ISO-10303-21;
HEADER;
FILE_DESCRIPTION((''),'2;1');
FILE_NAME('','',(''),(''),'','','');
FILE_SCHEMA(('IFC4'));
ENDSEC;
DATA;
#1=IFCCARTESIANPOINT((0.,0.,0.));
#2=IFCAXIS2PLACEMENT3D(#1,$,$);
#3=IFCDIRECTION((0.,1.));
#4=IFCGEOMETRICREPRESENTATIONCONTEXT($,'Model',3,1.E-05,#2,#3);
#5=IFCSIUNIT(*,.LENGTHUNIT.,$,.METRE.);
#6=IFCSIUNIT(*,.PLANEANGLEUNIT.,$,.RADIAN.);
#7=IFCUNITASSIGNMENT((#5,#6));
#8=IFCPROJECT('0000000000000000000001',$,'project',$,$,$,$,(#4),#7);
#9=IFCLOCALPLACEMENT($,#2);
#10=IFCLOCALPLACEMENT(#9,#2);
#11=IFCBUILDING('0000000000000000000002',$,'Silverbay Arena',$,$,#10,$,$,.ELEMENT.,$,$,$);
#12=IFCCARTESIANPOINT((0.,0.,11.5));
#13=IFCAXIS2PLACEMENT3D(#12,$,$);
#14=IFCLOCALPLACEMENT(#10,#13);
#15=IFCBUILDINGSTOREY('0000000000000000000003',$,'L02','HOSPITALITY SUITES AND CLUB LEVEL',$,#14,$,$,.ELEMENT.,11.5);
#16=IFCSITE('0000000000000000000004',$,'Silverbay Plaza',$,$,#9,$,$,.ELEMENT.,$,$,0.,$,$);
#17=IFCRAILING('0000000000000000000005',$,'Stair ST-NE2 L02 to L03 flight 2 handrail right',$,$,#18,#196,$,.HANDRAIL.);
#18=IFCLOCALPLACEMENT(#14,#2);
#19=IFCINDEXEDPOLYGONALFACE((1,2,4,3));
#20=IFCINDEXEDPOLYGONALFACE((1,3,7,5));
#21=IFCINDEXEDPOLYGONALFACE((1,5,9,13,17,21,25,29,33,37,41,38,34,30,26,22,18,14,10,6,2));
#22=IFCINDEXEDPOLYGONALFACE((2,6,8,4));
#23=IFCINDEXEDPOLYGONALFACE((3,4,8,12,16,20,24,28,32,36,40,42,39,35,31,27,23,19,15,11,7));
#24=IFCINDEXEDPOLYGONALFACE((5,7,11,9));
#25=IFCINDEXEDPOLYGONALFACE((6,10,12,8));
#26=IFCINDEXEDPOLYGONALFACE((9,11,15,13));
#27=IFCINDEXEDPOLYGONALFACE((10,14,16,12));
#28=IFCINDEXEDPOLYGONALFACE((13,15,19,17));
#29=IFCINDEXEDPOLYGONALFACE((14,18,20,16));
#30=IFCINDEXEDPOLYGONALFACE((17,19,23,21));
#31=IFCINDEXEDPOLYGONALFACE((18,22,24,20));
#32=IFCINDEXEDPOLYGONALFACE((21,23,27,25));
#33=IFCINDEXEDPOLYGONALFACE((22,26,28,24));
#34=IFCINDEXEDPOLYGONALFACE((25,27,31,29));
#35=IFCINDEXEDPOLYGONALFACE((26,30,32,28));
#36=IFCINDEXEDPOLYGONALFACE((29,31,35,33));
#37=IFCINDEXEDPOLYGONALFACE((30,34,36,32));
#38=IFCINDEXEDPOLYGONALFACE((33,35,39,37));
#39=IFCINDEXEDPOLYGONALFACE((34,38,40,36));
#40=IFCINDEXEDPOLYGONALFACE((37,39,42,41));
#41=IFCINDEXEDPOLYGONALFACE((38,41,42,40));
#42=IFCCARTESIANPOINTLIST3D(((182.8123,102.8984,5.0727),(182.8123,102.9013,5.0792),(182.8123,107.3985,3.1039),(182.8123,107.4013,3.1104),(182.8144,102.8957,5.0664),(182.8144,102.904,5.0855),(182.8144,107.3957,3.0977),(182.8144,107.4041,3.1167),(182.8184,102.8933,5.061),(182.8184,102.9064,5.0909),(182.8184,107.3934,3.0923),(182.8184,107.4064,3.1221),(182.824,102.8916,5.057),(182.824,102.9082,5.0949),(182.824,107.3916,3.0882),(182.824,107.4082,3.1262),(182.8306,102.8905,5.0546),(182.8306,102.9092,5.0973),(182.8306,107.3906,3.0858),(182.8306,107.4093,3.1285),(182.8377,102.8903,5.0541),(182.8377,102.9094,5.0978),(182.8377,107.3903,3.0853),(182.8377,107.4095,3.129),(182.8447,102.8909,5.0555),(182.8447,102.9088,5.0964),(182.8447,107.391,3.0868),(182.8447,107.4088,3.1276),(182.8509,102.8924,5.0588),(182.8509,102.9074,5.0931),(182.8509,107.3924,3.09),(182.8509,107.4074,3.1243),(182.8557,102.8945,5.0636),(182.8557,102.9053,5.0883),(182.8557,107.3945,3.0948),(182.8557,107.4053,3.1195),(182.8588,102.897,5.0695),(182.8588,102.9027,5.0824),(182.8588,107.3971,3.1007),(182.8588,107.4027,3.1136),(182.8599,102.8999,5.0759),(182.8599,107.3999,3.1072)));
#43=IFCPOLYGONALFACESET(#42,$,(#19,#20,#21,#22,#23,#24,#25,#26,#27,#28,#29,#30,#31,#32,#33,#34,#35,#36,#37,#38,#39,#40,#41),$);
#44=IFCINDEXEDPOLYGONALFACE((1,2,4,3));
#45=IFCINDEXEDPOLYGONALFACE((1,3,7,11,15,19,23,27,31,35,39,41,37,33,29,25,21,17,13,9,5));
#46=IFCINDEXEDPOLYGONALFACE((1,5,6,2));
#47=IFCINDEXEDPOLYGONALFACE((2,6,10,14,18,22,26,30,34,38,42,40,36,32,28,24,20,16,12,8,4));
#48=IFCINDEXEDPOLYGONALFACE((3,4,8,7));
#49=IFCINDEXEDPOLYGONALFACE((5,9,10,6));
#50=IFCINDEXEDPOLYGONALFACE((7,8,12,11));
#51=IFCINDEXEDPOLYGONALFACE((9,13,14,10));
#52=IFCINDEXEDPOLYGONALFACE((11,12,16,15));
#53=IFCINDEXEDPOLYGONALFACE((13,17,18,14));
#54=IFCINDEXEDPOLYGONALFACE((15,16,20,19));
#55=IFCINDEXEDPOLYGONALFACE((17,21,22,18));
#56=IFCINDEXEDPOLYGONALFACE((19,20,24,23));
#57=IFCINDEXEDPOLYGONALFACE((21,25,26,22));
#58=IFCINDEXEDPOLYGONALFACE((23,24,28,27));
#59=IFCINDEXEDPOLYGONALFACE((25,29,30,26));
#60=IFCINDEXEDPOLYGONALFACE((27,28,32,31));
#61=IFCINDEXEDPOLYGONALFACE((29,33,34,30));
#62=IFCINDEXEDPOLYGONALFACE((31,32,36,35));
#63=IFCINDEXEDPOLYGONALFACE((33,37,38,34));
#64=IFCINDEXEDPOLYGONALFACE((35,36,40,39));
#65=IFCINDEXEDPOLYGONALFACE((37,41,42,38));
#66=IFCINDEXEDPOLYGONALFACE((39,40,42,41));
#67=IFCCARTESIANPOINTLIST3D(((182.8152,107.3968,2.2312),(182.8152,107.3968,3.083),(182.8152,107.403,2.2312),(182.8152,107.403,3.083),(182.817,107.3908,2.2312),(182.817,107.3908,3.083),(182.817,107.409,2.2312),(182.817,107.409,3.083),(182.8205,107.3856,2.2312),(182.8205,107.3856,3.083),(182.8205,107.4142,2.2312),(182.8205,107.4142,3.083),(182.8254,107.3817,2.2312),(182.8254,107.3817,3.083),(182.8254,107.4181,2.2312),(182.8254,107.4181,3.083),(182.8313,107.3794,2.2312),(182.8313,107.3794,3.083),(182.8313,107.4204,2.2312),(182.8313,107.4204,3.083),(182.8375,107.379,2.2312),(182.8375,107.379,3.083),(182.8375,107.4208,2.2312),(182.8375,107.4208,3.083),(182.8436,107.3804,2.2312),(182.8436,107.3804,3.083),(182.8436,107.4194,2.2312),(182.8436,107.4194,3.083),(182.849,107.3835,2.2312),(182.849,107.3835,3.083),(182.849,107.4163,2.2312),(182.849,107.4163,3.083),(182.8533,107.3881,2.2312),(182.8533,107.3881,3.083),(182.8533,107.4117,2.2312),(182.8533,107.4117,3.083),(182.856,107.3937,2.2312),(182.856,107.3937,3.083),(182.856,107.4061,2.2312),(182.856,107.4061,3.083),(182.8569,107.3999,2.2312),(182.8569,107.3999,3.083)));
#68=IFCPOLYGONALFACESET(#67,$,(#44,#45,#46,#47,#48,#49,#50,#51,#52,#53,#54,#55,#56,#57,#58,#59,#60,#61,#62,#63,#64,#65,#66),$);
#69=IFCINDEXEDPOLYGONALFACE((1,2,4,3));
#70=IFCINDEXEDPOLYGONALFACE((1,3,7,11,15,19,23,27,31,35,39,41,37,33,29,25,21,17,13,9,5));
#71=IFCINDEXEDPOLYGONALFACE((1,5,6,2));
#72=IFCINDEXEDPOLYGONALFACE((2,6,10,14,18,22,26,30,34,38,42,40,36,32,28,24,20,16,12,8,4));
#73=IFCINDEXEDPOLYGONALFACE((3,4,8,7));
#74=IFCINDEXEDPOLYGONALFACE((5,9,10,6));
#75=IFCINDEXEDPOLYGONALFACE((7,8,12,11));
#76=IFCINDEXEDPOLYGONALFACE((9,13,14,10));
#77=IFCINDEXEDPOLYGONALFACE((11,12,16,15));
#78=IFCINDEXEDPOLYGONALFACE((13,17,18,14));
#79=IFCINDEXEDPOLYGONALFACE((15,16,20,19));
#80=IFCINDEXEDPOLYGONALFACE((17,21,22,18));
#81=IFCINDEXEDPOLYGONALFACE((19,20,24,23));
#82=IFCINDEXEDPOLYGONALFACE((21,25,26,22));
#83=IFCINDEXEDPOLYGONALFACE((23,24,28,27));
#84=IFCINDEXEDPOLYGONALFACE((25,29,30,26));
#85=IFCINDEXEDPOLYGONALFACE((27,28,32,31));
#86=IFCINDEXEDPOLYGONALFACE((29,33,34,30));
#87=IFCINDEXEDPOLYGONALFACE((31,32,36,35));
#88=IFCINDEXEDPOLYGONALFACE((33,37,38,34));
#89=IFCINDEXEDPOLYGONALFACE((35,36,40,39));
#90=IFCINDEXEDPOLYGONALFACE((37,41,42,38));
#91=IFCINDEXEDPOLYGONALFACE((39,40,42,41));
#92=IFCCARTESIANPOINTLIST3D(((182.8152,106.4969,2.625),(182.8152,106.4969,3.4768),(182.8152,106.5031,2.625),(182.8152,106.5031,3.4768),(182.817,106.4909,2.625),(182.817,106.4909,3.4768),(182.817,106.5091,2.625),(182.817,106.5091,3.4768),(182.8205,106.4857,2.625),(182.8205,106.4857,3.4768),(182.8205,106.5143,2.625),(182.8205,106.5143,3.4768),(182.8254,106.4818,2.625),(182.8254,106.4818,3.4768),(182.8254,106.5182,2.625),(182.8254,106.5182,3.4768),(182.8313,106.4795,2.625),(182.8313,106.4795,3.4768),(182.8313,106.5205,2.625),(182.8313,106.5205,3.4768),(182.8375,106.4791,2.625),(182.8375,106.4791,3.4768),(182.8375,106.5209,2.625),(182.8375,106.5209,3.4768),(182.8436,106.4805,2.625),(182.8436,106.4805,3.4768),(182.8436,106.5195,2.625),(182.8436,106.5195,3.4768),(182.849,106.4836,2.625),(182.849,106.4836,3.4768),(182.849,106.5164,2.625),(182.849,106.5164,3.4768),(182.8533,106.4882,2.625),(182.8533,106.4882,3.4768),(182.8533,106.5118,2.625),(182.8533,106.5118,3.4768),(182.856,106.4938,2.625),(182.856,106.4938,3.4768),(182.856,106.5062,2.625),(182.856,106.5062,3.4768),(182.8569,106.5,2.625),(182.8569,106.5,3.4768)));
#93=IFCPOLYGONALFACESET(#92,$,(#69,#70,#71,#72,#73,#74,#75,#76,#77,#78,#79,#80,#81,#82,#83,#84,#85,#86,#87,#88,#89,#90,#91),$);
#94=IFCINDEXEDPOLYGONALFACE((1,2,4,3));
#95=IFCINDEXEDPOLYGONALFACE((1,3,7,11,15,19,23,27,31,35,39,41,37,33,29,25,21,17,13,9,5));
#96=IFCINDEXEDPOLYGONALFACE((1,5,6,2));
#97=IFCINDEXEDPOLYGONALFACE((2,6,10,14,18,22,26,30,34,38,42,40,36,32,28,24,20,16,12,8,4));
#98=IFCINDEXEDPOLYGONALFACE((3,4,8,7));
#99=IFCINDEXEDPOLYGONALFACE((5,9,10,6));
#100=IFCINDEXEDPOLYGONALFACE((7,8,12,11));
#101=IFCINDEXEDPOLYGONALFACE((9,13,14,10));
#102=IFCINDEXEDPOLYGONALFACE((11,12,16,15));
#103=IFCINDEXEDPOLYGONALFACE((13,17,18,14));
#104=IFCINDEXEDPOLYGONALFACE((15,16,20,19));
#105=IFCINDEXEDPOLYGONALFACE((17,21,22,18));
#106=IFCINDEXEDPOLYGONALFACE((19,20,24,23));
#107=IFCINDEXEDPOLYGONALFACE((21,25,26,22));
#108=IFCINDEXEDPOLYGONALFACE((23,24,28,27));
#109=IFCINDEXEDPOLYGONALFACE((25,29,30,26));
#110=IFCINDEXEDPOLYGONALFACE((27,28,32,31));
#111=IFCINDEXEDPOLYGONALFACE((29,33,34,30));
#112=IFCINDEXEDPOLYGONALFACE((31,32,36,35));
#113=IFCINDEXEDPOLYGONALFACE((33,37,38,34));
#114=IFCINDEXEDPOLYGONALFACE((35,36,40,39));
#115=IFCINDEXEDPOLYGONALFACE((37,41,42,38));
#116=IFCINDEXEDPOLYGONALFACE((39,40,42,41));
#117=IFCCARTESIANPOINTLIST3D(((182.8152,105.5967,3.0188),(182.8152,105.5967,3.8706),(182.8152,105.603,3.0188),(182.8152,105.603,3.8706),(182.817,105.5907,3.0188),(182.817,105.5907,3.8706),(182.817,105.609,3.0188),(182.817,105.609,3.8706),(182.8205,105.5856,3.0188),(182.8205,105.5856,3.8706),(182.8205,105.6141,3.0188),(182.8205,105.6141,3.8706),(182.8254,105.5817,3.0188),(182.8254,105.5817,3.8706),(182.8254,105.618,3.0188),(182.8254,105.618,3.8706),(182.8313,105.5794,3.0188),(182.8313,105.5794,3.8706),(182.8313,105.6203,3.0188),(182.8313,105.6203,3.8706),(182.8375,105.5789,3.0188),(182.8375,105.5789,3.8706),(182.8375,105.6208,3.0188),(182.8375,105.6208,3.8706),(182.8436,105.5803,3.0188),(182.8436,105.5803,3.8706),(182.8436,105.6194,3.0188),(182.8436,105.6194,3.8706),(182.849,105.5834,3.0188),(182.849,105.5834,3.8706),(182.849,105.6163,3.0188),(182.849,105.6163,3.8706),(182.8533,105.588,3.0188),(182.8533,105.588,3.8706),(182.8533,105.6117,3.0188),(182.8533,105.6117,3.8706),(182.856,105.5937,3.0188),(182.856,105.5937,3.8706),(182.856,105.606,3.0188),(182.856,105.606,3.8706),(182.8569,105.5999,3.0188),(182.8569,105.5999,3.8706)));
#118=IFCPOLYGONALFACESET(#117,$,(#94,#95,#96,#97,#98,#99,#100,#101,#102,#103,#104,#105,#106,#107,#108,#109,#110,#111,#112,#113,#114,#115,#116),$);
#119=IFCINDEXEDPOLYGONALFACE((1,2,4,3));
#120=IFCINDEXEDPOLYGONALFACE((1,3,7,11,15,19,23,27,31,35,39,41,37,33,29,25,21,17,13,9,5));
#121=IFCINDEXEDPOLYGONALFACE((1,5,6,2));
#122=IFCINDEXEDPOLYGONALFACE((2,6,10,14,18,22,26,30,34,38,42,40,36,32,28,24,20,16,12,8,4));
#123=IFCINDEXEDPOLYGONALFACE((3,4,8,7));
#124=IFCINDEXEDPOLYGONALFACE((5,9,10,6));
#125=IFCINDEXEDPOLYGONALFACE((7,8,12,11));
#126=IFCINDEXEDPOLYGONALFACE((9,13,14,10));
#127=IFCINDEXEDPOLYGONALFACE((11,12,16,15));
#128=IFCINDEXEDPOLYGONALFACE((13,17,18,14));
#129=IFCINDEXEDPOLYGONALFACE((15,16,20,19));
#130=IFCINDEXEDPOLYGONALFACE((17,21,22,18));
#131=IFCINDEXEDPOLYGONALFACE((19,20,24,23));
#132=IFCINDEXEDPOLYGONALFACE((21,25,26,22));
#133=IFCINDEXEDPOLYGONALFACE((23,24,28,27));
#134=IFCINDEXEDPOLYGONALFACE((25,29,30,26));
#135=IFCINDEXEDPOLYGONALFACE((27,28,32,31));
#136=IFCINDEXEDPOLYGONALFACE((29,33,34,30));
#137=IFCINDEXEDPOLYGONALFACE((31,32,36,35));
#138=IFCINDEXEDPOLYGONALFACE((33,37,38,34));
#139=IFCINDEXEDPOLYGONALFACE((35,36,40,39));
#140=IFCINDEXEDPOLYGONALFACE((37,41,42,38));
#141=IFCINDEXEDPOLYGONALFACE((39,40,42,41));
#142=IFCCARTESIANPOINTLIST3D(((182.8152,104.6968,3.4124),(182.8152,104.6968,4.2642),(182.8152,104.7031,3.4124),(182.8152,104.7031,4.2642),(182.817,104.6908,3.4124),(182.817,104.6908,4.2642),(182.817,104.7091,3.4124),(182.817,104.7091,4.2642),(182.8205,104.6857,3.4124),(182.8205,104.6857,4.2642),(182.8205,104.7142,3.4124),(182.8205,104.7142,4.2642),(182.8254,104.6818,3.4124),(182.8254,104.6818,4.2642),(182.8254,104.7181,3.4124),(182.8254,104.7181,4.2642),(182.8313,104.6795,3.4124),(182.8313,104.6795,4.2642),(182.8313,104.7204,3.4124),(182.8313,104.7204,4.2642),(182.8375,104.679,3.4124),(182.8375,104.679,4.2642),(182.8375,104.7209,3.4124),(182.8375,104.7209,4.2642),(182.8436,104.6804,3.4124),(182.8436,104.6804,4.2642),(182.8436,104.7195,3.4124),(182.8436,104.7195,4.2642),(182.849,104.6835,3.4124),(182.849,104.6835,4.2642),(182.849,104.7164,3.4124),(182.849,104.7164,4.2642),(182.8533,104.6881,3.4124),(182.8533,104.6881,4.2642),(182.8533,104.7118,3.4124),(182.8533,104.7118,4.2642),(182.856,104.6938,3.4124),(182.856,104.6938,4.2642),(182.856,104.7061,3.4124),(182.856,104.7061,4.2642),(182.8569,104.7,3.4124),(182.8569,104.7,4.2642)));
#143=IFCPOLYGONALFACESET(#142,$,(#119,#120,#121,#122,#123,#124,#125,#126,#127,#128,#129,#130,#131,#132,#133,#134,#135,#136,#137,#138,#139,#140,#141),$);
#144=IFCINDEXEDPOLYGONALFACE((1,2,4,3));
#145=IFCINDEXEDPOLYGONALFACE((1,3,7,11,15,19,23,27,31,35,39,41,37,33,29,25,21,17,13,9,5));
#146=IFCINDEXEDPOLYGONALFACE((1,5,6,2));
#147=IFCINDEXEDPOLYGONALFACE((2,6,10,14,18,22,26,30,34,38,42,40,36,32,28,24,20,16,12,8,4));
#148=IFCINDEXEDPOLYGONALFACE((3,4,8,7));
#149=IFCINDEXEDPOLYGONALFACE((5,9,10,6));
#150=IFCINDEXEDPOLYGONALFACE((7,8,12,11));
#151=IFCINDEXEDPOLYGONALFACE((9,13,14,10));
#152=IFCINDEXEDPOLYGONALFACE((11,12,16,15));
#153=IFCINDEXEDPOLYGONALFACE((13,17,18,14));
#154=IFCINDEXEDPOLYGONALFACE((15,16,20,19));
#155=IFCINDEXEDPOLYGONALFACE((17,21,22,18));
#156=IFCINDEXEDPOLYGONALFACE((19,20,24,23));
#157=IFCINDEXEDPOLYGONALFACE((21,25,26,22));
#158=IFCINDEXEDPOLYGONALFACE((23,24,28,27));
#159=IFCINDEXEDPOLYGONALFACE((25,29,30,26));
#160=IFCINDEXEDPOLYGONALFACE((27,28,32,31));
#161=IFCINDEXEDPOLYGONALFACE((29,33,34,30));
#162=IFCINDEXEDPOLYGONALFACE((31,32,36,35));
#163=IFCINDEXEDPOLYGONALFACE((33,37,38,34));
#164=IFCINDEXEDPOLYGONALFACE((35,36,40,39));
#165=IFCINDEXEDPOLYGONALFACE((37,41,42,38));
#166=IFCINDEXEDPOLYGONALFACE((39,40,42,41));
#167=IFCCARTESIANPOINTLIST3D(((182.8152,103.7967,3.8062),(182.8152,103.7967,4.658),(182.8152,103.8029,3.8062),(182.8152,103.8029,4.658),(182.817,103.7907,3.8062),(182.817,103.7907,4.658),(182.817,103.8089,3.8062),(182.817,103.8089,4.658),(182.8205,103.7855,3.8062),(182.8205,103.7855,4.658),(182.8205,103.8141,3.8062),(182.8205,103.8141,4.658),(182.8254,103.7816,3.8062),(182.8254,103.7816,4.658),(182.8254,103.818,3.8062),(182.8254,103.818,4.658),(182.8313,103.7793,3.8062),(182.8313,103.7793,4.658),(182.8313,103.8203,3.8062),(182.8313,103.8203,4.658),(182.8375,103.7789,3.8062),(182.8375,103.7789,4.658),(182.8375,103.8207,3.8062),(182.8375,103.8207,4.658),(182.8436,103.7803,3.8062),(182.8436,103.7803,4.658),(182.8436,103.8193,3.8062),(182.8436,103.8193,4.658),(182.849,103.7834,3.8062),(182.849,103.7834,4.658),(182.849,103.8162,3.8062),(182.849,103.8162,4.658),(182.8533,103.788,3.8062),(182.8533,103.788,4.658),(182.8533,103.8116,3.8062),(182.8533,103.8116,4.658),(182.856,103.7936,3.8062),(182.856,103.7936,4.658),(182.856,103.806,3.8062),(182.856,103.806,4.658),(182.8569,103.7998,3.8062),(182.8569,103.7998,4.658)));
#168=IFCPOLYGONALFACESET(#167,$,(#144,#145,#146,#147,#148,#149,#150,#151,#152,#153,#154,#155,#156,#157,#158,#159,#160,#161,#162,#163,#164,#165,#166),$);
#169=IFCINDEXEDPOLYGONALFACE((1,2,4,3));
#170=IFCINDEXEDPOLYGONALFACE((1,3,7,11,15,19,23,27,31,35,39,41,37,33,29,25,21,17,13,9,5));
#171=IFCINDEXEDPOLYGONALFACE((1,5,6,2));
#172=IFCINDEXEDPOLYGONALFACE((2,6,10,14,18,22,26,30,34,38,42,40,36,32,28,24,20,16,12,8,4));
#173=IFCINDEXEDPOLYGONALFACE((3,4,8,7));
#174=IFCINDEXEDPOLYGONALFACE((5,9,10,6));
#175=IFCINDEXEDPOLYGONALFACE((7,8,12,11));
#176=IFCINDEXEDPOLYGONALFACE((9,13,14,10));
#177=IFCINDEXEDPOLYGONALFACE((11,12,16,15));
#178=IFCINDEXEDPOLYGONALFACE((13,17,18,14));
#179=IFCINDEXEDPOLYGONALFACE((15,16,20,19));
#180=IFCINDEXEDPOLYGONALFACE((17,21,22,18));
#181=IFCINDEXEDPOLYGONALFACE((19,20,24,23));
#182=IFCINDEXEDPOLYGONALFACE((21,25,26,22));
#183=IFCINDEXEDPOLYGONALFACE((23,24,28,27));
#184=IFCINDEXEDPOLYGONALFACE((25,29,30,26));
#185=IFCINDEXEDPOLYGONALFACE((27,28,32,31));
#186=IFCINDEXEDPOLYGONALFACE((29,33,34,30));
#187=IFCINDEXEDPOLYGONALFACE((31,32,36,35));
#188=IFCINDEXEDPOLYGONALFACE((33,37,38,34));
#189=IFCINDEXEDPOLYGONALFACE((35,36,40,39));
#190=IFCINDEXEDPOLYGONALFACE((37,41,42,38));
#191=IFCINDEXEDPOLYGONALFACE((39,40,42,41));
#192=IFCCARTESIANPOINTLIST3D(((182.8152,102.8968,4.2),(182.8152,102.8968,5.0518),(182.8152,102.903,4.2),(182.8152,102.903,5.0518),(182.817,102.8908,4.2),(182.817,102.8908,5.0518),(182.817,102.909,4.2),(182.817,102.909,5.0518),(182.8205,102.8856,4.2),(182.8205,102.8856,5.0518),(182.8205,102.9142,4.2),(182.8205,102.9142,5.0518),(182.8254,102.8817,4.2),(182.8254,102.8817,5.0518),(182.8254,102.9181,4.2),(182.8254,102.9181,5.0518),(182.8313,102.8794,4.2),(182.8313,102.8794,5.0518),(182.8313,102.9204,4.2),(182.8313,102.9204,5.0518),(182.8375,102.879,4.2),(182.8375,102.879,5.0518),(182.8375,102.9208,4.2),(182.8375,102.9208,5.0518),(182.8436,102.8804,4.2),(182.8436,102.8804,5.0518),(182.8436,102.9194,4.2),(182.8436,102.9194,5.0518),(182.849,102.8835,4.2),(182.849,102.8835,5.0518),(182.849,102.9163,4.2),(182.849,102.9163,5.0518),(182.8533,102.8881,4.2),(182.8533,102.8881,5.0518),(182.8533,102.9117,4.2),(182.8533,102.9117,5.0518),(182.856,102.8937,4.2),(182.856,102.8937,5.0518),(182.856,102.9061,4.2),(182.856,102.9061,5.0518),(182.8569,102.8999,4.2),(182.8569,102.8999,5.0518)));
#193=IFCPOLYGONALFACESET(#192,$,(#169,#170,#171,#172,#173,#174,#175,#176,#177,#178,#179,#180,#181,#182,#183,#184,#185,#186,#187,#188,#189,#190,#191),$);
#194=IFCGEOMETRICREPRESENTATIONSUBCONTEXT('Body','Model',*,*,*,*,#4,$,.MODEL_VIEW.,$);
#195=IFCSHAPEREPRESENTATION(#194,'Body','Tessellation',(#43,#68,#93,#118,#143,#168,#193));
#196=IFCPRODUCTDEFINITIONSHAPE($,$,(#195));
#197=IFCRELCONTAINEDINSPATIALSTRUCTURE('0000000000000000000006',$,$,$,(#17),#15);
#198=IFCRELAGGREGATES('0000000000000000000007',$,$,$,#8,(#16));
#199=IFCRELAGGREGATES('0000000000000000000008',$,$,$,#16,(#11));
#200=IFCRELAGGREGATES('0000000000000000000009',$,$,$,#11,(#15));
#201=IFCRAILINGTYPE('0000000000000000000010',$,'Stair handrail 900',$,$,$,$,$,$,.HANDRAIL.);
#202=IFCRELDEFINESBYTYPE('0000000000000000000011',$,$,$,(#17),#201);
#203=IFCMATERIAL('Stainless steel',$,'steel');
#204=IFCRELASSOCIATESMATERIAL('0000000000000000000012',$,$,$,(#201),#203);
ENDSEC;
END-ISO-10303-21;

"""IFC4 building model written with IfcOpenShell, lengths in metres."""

from ifc_helpers import new_model, si_unit, direction, frame, origin, origin_2d, place, context, subcontext, project, spatial, circle, extrude, material, type_object, element, save


model = new_model("IFC4")

# Units and contexts
model_context = context("Model", 3, precision=1e-05, world=origin(), true_north=direction((0.0, 1.0)))
body_context = subcontext(model_context, "Body", "Model", "MODEL_VIEW")
ifc_project = project(units=[si_unit("LENGTHUNIT", "METRE"), si_unit("PLANEANGLEUNIT", "RADIAN")], contexts=[model_context])

# Site, building, storey
site_placement = place(None, origin())
site = spatial("IfcSite", under=ifc_project, at=site_placement, Name="Silverbay Plaza", CompositionType="ELEMENT", RefElevation=0.0)
building_placement = place(site_placement, origin())
building = spatial("IfcBuilding", under=site, at=building_placement, Name="Silverbay Arena", CompositionType="ELEMENT")
storey_placement = place(building_placement, frame((0.0, 0.0, 11.5)))
storey = spatial("IfcBuildingStorey", under=building, at=storey_placement, Name="L02", Description="HOSPITALITY SUITES AND CLUB LEVEL", CompositionType="ELEMENT", Elevation=11.5)

# Railing
ifc_material_1 = material(Name="Stainless steel", Category="steel")
railing_type_1 = type_object("IfcRailingType", Name="Stair handrail 900", PredefinedType="HANDRAIL", material=ifc_material_1)
for number, where, name in (
    (1, (182.8359, 107.3999, 2.2312), "Stair ST-NE2 L02 to L03 flight 2 handrail right"),
):
    element("IfcRailing", number, at=place(storey_placement, frame(where)), inside=storey, type_object=railing_type_1, Name=name, PredefinedType="HANDRAIL", context=body_context, shape_type="SweptSolid", body=[
        extrude(circle(Radius=0.0239, at=origin_2d()), frame((0.0, 0.0, 0.876), z_axis=(0.0, -0.916157, 0.400819), x_axis=(1.0, 0.0, 0.0)), (0.0, 0.0, 1.0), 4.9119),
        extrude(circle(Radius=0.021, at=origin_2d()), origin(), (0.0, 0.0, 1.0), 0.8518),
        extrude(circle(Radius=0.021, at=origin_2d()), frame((0.0, -0.8999, 0.3938)), (0.0, 0.0, 1.0), 0.8518),
        extrude(circle(Radius=0.021, at=origin_2d()), frame((0.0, -1.8, 0.7876)), (0.0, 0.0, 1.0), 0.8518),
        extrude(circle(Radius=0.021, at=origin_2d()), frame((0.0, -2.7, 1.1812)), (0.0, 0.0, 1.0), 0.8518),
        extrude(circle(Radius=0.021, at=origin_2d()), frame((0.0, -3.6001, 1.575)), (0.0, 0.0, 1.0), 0.8518),
        extrude(circle(Radius=0.021, at=origin_2d()), frame((0.0, -4.5, 1.9688)), (0.0, 0.0, 1.0), 0.8518),
    ])

save(model, "model.ifc")
